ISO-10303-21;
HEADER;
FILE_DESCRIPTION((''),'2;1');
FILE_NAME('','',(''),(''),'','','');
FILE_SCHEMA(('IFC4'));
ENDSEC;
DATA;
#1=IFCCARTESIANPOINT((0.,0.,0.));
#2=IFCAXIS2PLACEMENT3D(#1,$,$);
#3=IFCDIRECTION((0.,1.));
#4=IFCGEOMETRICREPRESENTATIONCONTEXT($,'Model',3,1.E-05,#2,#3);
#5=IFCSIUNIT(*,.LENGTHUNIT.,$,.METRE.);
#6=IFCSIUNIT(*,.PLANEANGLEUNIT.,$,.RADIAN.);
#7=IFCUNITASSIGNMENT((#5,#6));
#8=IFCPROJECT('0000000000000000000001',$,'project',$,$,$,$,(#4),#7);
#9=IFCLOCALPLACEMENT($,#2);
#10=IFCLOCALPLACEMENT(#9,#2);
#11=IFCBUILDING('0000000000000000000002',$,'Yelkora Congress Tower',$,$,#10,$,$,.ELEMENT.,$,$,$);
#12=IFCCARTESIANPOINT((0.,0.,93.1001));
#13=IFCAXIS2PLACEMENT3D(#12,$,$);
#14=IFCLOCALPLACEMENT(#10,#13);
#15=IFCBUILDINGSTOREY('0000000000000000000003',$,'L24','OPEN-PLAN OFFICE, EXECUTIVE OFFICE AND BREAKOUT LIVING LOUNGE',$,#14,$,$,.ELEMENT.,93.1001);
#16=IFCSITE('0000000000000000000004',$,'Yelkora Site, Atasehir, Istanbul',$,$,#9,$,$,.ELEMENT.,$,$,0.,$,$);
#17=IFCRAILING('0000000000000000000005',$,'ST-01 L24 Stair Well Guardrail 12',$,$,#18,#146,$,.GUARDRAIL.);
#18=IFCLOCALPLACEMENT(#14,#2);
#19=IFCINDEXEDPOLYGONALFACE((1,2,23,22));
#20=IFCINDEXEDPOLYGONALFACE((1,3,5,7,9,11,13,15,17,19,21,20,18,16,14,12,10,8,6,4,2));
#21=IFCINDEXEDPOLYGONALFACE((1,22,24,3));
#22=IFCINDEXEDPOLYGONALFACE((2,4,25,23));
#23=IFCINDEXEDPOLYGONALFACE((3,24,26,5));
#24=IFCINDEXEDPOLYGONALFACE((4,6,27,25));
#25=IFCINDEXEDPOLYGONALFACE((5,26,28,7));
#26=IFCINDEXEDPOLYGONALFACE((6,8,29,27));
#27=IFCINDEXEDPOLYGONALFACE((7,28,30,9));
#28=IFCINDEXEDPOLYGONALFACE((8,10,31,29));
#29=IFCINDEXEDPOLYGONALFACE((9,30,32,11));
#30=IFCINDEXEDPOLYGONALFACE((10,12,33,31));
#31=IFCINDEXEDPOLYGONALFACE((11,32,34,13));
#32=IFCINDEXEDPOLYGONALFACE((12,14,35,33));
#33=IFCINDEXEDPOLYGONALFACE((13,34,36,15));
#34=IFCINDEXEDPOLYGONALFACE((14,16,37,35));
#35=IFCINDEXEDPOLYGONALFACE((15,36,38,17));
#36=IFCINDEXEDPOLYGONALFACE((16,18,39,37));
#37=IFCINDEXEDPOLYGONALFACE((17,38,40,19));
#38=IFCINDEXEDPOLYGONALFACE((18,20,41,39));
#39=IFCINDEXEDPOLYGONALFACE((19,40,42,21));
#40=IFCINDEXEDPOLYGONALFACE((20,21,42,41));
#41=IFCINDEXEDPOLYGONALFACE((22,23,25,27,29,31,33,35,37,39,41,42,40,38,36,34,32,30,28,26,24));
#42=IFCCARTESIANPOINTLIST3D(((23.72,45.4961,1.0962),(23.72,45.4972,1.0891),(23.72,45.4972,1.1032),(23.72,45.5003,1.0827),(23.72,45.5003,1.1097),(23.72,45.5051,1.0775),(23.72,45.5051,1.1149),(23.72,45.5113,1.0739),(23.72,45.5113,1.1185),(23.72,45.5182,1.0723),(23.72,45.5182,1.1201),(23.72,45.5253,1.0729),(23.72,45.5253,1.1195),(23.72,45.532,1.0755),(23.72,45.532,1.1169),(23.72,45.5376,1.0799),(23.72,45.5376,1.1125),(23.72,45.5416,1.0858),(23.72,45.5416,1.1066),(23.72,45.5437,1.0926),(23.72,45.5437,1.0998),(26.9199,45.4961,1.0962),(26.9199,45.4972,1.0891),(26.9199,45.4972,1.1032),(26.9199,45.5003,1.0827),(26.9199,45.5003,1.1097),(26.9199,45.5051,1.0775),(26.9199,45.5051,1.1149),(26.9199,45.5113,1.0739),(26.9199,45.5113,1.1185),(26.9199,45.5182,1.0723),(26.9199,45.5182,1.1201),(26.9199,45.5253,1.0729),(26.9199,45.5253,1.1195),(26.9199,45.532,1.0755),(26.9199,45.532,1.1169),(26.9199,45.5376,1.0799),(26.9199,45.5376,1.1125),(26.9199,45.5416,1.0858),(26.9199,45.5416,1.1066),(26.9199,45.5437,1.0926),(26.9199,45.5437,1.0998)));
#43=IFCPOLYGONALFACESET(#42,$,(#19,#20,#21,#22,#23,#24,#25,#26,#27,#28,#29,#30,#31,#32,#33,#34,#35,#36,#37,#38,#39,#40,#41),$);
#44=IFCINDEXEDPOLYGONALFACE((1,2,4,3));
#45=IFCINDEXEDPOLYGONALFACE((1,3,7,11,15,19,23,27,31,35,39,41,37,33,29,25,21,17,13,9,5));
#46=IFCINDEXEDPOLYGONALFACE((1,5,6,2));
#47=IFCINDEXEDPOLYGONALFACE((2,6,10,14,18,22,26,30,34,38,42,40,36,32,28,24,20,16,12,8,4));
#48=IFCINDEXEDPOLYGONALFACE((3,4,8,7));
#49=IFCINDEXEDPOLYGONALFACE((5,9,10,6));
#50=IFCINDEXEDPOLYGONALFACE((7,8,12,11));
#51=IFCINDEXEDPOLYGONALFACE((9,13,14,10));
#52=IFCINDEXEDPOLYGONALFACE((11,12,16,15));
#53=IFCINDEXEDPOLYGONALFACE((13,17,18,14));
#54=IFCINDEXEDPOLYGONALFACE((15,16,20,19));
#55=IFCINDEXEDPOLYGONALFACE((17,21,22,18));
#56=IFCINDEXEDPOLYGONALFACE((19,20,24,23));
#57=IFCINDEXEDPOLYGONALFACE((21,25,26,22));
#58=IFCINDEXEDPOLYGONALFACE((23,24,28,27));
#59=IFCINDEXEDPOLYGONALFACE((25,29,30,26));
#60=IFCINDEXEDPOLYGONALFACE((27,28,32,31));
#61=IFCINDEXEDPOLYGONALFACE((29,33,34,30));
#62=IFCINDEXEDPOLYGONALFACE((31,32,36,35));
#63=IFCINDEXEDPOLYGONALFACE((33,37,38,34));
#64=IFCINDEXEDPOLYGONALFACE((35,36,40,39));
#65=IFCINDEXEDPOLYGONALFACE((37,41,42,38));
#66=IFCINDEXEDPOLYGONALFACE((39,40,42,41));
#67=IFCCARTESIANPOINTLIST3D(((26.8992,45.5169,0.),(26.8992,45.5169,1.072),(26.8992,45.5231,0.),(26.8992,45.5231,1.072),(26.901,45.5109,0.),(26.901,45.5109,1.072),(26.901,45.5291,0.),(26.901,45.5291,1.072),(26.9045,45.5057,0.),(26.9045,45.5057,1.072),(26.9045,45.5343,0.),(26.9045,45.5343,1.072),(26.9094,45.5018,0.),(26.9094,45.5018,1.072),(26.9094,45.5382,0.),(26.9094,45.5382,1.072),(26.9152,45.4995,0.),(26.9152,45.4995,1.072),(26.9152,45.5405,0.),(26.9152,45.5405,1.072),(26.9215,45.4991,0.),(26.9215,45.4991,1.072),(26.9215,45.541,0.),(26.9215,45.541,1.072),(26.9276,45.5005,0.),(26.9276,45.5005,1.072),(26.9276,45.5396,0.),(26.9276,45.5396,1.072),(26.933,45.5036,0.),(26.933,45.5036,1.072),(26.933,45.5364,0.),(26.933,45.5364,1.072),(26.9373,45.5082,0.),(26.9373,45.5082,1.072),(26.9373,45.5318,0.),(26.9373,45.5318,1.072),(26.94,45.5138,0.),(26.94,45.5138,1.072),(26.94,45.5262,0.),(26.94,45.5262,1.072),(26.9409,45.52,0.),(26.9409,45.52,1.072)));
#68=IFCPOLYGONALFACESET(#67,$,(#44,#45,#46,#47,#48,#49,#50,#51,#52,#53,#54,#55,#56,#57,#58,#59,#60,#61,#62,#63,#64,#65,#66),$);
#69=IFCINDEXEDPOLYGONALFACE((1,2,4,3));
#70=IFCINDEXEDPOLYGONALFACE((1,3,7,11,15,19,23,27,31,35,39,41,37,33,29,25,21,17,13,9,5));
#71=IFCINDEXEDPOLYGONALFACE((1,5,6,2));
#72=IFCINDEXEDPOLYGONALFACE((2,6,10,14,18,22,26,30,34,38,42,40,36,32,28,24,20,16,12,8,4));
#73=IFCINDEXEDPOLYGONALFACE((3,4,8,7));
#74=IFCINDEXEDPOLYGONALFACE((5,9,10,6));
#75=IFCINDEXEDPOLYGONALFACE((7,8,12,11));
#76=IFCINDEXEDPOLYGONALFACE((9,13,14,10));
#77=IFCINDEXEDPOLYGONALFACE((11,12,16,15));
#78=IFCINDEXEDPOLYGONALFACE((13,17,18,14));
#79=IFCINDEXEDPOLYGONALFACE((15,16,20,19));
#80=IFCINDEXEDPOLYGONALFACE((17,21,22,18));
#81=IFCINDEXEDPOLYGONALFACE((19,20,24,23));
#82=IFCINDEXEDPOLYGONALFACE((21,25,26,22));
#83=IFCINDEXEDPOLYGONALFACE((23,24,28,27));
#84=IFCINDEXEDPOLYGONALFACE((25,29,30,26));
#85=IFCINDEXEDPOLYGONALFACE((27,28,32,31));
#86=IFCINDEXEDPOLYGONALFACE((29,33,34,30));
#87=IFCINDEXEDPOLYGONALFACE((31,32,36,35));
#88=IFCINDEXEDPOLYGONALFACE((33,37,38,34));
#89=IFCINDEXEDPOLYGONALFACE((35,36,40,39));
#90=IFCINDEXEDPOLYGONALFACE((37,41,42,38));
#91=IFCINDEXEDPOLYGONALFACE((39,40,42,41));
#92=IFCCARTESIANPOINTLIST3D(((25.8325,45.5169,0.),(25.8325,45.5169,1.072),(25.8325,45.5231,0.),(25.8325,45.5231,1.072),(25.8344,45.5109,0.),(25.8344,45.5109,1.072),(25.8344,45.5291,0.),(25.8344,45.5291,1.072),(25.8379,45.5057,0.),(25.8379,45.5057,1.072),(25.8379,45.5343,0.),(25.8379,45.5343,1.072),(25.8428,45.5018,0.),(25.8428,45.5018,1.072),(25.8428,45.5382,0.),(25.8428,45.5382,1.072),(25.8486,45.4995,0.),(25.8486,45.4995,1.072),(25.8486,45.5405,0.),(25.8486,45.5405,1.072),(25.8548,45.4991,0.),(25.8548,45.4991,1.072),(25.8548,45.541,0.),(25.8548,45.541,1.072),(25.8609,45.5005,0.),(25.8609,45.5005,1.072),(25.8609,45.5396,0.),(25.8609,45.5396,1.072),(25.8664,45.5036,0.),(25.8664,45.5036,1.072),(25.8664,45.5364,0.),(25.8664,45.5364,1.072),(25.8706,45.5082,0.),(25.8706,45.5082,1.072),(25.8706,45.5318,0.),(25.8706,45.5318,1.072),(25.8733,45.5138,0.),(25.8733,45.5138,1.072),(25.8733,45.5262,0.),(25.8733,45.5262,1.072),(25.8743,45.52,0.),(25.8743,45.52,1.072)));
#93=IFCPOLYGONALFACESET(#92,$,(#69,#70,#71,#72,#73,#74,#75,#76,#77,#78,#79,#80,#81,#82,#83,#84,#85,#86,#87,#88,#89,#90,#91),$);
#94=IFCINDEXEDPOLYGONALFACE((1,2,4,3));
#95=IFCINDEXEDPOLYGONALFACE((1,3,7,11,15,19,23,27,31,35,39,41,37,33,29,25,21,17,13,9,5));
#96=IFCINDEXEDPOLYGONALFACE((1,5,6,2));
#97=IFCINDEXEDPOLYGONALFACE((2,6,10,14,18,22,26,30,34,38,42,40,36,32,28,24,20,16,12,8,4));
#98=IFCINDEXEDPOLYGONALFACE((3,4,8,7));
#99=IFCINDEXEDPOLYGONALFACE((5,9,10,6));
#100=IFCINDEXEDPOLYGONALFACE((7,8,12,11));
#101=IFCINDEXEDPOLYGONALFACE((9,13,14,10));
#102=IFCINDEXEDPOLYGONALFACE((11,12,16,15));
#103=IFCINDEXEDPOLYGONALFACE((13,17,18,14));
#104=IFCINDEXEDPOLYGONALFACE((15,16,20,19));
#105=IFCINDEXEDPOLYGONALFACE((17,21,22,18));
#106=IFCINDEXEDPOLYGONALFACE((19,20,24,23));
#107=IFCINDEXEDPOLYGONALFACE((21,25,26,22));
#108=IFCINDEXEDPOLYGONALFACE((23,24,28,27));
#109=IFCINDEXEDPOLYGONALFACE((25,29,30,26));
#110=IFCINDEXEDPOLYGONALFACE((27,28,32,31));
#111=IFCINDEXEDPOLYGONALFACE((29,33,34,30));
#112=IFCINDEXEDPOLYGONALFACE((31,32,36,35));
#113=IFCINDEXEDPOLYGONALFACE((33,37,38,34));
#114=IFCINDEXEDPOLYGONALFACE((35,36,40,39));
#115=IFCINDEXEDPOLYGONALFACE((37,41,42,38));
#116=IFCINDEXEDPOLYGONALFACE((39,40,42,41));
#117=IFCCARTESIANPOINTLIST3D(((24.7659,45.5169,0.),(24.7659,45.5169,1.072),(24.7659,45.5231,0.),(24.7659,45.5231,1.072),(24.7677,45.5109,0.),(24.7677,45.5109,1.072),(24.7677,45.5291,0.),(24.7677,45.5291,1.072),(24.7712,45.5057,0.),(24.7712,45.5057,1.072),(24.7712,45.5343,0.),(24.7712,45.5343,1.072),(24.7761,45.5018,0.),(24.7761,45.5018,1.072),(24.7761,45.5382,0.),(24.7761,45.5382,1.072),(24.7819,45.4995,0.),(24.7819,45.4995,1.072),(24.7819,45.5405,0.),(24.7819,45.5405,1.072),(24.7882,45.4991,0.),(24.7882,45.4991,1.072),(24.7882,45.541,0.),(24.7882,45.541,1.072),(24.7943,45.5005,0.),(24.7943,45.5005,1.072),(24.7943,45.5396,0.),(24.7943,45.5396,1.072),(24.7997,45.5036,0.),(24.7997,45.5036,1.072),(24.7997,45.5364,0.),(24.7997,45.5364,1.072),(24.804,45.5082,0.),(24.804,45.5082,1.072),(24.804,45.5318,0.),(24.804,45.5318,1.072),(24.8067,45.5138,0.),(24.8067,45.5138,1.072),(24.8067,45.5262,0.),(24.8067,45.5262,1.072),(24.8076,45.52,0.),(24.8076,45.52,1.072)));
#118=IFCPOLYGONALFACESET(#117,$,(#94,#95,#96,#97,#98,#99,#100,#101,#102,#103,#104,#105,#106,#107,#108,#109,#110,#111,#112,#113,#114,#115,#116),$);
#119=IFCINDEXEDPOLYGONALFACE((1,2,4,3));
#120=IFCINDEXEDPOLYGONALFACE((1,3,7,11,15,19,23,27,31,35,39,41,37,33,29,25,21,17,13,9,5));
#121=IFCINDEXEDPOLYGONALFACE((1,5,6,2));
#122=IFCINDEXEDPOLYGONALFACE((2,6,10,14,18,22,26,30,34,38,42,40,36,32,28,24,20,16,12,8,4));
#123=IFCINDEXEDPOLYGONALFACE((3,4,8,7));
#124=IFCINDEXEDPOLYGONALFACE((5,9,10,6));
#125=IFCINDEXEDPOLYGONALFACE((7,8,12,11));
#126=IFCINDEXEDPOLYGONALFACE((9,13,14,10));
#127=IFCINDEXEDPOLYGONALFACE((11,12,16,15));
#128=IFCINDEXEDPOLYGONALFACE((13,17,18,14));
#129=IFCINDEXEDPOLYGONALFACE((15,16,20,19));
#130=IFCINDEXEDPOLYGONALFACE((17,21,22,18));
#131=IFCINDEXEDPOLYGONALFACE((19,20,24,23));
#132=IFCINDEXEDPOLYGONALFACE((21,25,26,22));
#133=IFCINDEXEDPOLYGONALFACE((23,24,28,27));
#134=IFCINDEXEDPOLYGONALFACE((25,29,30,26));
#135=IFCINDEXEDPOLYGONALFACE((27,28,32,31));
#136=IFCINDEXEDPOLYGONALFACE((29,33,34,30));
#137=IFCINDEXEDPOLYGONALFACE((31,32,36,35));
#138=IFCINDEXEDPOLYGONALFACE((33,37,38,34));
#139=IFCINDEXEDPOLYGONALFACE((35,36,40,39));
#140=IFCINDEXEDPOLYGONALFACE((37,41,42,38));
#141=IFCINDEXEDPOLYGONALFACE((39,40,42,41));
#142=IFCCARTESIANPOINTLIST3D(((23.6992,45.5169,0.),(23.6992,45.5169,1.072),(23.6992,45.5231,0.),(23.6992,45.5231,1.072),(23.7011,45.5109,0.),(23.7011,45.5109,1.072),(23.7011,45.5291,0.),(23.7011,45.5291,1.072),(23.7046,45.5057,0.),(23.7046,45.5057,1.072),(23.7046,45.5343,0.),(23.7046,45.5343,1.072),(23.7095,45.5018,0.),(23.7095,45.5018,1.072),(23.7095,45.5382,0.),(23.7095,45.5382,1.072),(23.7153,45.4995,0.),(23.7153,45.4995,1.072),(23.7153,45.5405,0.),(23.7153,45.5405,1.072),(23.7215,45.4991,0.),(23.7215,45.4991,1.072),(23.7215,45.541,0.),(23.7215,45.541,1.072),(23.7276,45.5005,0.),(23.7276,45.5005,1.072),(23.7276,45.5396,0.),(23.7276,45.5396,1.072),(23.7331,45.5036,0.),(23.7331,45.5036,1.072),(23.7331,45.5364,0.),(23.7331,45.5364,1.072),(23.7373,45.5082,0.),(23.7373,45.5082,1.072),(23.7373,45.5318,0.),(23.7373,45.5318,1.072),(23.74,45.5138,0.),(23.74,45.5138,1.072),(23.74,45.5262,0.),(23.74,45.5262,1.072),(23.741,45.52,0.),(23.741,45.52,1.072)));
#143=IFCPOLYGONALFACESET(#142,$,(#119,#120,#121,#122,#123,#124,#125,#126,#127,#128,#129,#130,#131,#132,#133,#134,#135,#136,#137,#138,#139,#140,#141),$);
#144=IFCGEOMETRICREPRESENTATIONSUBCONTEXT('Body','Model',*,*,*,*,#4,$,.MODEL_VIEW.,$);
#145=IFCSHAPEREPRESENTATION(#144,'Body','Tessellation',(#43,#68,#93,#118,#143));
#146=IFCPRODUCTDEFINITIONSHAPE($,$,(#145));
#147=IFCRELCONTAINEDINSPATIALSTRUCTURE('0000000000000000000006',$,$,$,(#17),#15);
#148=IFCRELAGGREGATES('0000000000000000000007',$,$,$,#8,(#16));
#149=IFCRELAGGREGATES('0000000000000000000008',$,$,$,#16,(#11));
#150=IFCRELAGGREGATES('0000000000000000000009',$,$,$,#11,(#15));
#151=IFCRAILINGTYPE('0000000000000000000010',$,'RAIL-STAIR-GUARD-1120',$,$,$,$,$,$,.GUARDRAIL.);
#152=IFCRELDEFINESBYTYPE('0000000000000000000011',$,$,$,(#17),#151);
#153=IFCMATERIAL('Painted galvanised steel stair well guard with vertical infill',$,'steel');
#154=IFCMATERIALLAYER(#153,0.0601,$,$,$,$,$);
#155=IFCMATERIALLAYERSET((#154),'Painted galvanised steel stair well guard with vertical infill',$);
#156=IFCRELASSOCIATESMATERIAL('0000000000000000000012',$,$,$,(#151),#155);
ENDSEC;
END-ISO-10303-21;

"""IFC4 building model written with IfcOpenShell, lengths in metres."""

from ifc_helpers import new_model, si_unit, direction, frame, origin, origin_2d, place, context, subcontext, project, spatial, circle, extrude, material, layer, layer_set, type_object, element, save


model = new_model("IFC4")

# Units and contexts
model_context = context("Model", 3, precision=1e-05, world=origin(), true_north=direction((0.0, 1.0)))
body_context = subcontext(model_context, "Body", "Model", "MODEL_VIEW")
ifc_project = project(units=[si_unit("LENGTHUNIT", "METRE"), si_unit("PLANEANGLEUNIT", "RADIAN")], contexts=[model_context])

# Site, building, storey
site_placement = place(None, origin())
site = spatial("IfcSite", under=ifc_project, at=site_placement, Name="Yelkora Site, Atasehir, Istanbul", CompositionType="ELEMENT", RefElevation=0.0)
building_placement = place(site_placement, origin())
building = spatial("IfcBuilding", under=site, at=building_placement, Name="Yelkora Congress Tower", CompositionType="ELEMENT")
storey_placement = place(building_placement, frame((0.0, 0.0, 93.1001)))
storey = spatial("IfcBuildingStorey", under=building, at=storey_placement, Name="L24", Description="OPEN-PLAN OFFICE, EXECUTIVE OFFICE AND BREAKOUT LIVING LOUNGE", CompositionType="ELEMENT", Elevation=93.1001)

# Railing
ifc_material_1 = material(Name="Painted galvanised steel stair well guard with vertical infill", Category="steel")
ifc_layer_1 = layer(ifc_material_1, 0.0601)
ifc_layer_set_1 = layer_set([ifc_layer_1], Name="Painted galvanised steel stair well guard with vertical infill")
railing_type_1 = type_object("IfcRailingType", Name="RAIL-STAIR-GUARD-1120", PredefinedType="GUARDRAIL", material=ifc_layer_set_1)
railing_1_placement = place(storey_placement, frame((26.9199, 45.52, 0.0)))
element("IfcRailing", 1, at=railing_1_placement, inside=storey, type_object=railing_type_1, Name="ST-01 L24 Stair Well Guardrail 12", PredefinedType="GUARDRAIL", context=body_context, shape_type="SweptSolid", body=[
    extrude(circle(Radius=0.0239, at=origin_2d()), frame((0.0, 0.0, 1.0962), z_axis=(-1.0, 0.0, 0.0), x_axis=(0.0, -1.0, 0.0)), (0.0, 0.0, 1.0), 3.2),
    extrude(circle(Radius=0.021, at=origin_2d()), origin(), (0.0, 0.0, 1.0), 1.072),
    extrude(circle(Radius=0.021, at=origin_2d()), frame((-1.0667, 0.0, 0.0)), (0.0, 0.0, 1.0), 1.072),
    extrude(circle(Radius=0.021, at=origin_2d()), frame((-2.1333, 0.0, 0.0)), (0.0, 0.0, 1.0), 1.072),
    extrude(circle(Radius=0.021, at=origin_2d()), frame((-3.2, 0.0, 0.0)), (0.0, 0.0, 1.0), 1.072),
])

save(model, "model.ifc")
